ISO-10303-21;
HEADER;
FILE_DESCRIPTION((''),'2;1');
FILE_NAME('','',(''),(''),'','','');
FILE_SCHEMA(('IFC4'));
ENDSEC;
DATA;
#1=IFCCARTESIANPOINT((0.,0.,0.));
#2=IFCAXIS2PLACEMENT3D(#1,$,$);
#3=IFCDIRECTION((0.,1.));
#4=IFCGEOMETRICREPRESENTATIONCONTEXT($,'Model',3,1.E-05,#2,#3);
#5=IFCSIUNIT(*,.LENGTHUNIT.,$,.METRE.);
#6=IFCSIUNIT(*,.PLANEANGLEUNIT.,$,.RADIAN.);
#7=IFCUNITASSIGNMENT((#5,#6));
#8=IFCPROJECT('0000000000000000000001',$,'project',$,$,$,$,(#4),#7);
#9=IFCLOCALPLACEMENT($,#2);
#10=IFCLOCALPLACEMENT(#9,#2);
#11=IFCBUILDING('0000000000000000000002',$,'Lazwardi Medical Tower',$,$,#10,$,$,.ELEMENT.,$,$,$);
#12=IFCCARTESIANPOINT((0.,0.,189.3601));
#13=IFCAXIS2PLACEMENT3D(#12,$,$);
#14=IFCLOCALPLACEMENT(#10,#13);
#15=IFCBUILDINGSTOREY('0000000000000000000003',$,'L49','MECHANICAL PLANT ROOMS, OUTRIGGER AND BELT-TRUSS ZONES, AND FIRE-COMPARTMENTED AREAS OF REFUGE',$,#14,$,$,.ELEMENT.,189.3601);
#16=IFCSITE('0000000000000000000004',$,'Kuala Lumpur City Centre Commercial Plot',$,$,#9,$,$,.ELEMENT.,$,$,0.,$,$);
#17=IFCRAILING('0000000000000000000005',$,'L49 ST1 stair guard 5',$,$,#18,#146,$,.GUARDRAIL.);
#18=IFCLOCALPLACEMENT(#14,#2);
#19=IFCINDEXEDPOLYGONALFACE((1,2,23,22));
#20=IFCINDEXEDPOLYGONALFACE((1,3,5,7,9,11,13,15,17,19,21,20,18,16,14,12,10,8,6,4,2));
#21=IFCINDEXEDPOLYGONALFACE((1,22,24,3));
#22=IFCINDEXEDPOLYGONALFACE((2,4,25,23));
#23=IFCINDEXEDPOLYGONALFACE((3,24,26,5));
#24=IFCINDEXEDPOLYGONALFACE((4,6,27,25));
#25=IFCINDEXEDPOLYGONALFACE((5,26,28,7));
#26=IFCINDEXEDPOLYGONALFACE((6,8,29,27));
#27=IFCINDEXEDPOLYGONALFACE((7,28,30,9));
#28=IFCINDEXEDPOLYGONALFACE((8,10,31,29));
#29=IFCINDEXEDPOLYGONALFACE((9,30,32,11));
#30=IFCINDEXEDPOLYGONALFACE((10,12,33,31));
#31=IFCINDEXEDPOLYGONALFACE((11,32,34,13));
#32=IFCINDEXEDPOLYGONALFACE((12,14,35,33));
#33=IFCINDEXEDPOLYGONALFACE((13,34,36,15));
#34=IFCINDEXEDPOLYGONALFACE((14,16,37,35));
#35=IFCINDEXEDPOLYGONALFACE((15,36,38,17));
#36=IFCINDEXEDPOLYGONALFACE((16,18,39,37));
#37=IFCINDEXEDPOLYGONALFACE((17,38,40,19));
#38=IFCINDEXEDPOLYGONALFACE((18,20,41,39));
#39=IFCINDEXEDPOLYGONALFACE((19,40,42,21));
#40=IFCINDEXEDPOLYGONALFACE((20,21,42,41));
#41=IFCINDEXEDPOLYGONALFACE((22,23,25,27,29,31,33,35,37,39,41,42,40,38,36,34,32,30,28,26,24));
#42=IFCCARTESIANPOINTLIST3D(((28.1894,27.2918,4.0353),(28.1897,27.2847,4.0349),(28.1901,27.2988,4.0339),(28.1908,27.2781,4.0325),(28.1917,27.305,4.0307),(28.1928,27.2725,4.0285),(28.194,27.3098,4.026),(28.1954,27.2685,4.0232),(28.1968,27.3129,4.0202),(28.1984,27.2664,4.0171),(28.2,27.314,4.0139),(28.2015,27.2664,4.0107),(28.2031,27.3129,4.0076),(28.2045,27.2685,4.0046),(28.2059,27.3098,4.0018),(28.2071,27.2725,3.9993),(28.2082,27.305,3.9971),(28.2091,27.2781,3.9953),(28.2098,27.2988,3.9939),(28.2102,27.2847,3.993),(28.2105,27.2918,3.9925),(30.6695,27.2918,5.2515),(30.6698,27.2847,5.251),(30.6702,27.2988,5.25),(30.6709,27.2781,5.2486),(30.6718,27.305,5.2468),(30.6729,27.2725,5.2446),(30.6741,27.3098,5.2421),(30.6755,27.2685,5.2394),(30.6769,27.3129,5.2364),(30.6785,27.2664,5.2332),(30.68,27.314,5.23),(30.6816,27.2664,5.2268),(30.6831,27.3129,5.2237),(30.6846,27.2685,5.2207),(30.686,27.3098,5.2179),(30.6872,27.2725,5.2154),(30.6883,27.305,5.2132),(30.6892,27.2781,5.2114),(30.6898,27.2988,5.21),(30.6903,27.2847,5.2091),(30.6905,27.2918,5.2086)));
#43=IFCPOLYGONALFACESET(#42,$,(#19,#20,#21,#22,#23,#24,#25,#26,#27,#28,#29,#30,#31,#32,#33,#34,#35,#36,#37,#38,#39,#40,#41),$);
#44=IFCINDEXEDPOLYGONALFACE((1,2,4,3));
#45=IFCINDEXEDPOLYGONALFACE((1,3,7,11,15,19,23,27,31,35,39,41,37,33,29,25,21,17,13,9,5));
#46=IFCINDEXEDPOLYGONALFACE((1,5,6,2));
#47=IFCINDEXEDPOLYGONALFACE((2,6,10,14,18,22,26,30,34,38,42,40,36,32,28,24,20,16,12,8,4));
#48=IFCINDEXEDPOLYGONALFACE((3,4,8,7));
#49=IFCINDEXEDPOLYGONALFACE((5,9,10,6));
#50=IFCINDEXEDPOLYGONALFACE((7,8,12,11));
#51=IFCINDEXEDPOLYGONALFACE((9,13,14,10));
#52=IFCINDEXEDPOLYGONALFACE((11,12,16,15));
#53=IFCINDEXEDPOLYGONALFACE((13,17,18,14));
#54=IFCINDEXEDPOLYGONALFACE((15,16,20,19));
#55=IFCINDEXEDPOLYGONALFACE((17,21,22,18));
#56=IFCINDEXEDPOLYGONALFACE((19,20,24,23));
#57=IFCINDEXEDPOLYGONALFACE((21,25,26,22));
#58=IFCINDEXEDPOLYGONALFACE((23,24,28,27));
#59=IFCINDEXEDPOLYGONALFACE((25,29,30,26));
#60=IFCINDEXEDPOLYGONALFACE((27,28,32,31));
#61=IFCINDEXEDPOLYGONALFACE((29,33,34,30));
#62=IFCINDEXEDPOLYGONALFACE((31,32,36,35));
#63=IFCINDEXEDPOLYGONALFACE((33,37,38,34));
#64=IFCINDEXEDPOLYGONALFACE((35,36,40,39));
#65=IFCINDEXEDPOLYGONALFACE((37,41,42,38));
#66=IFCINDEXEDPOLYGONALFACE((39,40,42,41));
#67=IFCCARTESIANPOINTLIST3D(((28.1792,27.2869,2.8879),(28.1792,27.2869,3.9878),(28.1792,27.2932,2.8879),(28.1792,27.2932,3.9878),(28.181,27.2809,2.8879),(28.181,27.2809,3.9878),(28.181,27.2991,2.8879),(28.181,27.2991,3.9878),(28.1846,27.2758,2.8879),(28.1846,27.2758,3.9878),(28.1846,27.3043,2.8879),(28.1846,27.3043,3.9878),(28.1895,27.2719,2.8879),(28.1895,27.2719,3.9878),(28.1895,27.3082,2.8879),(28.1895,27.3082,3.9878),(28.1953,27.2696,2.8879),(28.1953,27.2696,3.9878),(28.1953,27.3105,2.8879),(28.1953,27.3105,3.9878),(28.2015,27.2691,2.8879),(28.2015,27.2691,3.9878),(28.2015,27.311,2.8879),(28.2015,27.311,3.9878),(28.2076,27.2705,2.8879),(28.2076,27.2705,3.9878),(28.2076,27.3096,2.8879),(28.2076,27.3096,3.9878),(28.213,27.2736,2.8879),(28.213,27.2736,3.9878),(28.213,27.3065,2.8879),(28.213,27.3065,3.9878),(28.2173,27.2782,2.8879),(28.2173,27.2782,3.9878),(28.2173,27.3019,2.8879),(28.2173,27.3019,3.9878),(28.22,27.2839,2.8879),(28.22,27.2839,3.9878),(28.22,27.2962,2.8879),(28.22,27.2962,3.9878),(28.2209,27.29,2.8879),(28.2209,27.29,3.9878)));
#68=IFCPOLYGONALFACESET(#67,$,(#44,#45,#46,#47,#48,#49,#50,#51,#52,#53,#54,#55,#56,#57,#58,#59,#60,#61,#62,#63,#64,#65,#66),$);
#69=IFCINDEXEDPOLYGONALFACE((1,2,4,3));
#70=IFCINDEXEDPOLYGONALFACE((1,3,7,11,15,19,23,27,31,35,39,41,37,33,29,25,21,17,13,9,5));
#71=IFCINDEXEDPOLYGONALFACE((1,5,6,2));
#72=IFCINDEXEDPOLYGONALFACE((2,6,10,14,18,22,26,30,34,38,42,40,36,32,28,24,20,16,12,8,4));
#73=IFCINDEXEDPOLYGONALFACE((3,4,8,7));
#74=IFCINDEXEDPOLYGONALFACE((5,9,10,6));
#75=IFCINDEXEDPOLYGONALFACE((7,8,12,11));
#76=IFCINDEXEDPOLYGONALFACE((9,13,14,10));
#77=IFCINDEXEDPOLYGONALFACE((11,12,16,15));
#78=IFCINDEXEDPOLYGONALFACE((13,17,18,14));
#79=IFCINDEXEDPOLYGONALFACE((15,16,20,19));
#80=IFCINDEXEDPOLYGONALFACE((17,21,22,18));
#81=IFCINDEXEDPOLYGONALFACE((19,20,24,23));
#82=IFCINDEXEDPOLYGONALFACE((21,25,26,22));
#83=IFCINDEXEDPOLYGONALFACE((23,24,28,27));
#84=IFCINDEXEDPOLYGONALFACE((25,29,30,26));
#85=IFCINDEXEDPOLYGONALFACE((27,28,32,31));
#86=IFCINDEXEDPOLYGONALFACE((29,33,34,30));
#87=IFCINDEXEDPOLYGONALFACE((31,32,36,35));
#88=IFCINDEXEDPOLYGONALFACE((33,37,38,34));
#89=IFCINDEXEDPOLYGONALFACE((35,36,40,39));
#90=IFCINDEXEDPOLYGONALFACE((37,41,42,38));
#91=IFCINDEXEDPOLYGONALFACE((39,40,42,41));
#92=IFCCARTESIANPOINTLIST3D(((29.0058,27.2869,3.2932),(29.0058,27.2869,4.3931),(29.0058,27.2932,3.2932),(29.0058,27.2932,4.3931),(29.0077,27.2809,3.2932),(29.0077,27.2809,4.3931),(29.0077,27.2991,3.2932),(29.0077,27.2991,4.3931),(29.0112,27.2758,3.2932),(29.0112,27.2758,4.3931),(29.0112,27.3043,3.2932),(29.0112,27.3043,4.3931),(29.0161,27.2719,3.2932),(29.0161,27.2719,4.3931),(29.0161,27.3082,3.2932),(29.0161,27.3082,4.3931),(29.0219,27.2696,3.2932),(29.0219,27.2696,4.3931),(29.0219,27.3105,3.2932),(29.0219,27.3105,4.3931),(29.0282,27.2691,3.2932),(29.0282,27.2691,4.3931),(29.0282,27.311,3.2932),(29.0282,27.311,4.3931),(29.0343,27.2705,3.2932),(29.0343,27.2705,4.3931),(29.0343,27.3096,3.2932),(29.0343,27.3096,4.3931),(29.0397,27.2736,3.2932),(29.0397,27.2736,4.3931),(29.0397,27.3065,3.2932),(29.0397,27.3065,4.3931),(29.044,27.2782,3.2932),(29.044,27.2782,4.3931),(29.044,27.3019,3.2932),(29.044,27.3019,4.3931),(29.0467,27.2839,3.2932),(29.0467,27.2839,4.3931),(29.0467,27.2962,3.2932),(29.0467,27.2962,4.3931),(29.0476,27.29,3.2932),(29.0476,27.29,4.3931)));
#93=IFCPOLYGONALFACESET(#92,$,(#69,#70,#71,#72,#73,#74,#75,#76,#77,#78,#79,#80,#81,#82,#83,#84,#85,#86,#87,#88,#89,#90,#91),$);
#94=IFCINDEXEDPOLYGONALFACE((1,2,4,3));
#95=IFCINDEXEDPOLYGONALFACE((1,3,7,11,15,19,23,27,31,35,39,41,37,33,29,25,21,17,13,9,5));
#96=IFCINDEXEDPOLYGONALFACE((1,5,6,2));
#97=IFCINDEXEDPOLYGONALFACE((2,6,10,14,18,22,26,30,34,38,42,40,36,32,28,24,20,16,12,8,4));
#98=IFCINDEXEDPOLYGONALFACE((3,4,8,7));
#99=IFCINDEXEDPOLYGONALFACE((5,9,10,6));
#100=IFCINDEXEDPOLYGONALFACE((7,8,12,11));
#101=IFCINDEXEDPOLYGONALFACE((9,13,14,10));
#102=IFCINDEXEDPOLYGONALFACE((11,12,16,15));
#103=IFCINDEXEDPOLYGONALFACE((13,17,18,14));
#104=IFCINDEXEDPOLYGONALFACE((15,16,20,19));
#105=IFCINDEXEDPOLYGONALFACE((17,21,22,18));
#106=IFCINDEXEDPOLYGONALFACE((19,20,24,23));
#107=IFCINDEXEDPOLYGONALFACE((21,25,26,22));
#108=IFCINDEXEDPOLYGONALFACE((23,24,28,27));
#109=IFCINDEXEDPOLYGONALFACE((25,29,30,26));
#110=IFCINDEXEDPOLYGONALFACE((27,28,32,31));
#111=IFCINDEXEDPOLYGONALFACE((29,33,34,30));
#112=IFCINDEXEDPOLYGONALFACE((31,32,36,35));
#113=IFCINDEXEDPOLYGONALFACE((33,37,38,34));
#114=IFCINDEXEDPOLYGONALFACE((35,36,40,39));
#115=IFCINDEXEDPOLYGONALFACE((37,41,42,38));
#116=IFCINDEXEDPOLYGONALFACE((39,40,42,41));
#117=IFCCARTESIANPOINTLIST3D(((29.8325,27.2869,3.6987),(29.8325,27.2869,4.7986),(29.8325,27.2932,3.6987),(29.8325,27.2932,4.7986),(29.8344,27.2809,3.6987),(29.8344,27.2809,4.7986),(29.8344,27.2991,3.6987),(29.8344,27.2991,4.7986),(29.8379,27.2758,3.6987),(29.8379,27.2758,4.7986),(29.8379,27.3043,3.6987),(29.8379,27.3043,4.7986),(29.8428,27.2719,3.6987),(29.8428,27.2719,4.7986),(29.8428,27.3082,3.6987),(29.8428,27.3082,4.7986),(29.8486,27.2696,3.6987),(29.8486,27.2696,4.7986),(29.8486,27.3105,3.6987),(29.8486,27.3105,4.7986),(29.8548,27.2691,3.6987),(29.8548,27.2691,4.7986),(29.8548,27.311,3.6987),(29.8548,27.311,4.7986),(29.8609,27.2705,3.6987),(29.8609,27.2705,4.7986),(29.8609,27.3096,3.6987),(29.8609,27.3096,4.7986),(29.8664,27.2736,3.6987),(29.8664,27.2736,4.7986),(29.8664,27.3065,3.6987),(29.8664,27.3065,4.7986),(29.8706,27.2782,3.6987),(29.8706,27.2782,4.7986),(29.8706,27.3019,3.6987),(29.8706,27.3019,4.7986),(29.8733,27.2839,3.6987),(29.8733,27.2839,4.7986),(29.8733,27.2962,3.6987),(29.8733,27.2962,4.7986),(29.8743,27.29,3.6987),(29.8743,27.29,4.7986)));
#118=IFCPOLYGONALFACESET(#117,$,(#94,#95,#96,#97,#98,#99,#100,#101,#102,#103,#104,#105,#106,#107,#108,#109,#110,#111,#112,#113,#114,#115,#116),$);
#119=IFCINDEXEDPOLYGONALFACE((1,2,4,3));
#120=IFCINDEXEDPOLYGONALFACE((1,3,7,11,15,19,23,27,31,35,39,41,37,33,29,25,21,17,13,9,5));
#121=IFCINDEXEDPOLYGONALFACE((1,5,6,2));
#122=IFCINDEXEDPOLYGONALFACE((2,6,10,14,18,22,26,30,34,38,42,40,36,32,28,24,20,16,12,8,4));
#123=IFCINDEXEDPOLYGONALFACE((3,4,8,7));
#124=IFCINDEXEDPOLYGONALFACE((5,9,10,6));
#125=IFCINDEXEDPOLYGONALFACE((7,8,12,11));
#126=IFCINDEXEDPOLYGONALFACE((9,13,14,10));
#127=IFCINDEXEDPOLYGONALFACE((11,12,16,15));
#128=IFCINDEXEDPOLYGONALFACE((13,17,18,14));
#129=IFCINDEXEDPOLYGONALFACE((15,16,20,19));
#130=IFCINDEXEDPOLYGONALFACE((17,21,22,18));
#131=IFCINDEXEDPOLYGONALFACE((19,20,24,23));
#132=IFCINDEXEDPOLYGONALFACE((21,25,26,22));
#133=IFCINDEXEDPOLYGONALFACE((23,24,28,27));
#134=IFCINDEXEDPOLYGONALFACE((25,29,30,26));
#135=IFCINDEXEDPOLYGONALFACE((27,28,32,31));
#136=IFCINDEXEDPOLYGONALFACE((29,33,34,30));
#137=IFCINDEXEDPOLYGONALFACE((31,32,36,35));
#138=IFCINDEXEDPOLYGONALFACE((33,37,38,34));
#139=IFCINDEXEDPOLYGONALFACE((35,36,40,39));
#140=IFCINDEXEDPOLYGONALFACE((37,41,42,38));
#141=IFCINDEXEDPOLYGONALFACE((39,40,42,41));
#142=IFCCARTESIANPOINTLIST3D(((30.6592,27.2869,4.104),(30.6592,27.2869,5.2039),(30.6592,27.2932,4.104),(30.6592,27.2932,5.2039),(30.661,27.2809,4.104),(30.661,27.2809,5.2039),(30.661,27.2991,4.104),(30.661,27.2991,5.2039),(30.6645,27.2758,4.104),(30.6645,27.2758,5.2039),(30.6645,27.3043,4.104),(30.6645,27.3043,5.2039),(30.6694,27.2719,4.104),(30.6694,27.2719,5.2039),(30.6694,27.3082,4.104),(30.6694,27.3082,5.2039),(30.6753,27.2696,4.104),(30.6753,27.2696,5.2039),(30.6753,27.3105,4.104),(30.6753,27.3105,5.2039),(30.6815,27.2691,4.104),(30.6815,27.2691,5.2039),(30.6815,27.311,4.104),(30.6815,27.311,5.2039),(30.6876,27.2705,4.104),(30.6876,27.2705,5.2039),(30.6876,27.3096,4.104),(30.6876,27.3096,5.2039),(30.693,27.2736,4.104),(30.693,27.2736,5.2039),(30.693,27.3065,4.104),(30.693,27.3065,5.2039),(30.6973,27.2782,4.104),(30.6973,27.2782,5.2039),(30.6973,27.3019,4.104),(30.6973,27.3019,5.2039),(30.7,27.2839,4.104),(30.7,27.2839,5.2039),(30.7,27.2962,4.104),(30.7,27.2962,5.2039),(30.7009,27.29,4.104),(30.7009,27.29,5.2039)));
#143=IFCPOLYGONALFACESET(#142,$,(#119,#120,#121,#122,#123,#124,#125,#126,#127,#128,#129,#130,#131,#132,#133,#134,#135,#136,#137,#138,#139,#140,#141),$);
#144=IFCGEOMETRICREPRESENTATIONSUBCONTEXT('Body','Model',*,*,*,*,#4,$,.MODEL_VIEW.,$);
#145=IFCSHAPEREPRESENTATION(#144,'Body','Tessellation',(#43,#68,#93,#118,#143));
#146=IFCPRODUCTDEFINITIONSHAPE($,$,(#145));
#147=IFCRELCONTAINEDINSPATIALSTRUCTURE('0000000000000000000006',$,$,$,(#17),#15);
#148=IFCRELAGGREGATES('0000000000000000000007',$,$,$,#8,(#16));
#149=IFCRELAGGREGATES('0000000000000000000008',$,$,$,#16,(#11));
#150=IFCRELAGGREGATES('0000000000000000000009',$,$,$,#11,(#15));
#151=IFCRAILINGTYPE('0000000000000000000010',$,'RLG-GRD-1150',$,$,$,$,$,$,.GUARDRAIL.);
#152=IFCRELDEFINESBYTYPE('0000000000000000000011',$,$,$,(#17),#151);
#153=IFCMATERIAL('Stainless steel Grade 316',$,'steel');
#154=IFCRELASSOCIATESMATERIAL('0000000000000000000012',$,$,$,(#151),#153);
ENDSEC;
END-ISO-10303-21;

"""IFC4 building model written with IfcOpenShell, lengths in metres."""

from ifc_helpers import new_model, si_unit, direction, frame, origin, origin_2d, place, context, subcontext, project, spatial, circle, extrude, material, type_object, element, save


model = new_model("IFC4")

# Units and contexts
model_context = context("Model", 3, precision=1e-05, world=origin(), true_north=direction((0.0, 1.0)))
body_context = subcontext(model_context, "Body", "Model", "MODEL_VIEW")
ifc_project = project(units=[si_unit("LENGTHUNIT", "METRE"), si_unit("PLANEANGLEUNIT", "RADIAN")], contexts=[model_context])

# Site, building, storey
site_placement = place(None, origin())
site = spatial("IfcSite", under=ifc_project, at=site_placement, Name="Kuala Lumpur City Centre Commercial Plot", CompositionType="ELEMENT", RefElevation=0.0)
building_placement = place(site_placement, origin())
building = spatial("IfcBuilding", under=site, at=building_placement, Name="Lazwardi Medical Tower", CompositionType="ELEMENT")
storey_placement = place(building_placement, frame((0.0, 0.0, 189.3601)))
storey = spatial("IfcBuildingStorey", under=building, at=storey_placement, Name="L49", Description="MECHANICAL PLANT ROOMS, OUTRIGGER AND BELT-TRUSS ZONES, AND FIRE-COMPARTMENTED AREAS OF REFUGE", CompositionType="ELEMENT", Elevation=189.3601)

# Railing
ifc_material_1 = material(Name="Stainless steel Grade 316", Category="steel")
railing_type_1 = type_object("IfcRailingType", Name="RLG-GRD-1150", PredefinedType="GUARDRAIL", material=ifc_material_1)
railing_1_placement = place(storey_placement, frame((28.2, 27.29, 2.8879)))
element("IfcRailing", 1, at=railing_1_placement, inside=storey, type_object=railing_type_1, Name="L49 ST1 stair guard 5", PredefinedType="GUARDRAIL", context=body_context, shape_type="SweptSolid", body=[
    extrude(circle(Radius=0.0239, at=origin_2d()), frame((0.0, 0.0, 1.126), z_axis=(0.897865, 0.0, 0.44027), x_axis=(0.0, 1.0, 0.0)), (0.0, 0.0, 1.0), 2.7622),
    extrude(circle(Radius=0.021, at=origin_2d()), origin(), (0.0, 0.0, 1.0), 1.0999),
    extrude(circle(Radius=0.021, at=origin_2d()), frame((0.8267, 0.0, 0.4053)), (0.0, 0.0, 1.0), 1.0999),
    extrude(circle(Radius=0.021, at=origin_2d()), frame((1.6533, 0.0, 0.8108)), (0.0, 0.0, 1.0), 1.0999),
    extrude(circle(Radius=0.021, at=origin_2d()), frame((2.48, 0.0, 1.2161)), (0.0, 0.0, 1.0), 1.0999),
])

save(model, "model.ifc")
